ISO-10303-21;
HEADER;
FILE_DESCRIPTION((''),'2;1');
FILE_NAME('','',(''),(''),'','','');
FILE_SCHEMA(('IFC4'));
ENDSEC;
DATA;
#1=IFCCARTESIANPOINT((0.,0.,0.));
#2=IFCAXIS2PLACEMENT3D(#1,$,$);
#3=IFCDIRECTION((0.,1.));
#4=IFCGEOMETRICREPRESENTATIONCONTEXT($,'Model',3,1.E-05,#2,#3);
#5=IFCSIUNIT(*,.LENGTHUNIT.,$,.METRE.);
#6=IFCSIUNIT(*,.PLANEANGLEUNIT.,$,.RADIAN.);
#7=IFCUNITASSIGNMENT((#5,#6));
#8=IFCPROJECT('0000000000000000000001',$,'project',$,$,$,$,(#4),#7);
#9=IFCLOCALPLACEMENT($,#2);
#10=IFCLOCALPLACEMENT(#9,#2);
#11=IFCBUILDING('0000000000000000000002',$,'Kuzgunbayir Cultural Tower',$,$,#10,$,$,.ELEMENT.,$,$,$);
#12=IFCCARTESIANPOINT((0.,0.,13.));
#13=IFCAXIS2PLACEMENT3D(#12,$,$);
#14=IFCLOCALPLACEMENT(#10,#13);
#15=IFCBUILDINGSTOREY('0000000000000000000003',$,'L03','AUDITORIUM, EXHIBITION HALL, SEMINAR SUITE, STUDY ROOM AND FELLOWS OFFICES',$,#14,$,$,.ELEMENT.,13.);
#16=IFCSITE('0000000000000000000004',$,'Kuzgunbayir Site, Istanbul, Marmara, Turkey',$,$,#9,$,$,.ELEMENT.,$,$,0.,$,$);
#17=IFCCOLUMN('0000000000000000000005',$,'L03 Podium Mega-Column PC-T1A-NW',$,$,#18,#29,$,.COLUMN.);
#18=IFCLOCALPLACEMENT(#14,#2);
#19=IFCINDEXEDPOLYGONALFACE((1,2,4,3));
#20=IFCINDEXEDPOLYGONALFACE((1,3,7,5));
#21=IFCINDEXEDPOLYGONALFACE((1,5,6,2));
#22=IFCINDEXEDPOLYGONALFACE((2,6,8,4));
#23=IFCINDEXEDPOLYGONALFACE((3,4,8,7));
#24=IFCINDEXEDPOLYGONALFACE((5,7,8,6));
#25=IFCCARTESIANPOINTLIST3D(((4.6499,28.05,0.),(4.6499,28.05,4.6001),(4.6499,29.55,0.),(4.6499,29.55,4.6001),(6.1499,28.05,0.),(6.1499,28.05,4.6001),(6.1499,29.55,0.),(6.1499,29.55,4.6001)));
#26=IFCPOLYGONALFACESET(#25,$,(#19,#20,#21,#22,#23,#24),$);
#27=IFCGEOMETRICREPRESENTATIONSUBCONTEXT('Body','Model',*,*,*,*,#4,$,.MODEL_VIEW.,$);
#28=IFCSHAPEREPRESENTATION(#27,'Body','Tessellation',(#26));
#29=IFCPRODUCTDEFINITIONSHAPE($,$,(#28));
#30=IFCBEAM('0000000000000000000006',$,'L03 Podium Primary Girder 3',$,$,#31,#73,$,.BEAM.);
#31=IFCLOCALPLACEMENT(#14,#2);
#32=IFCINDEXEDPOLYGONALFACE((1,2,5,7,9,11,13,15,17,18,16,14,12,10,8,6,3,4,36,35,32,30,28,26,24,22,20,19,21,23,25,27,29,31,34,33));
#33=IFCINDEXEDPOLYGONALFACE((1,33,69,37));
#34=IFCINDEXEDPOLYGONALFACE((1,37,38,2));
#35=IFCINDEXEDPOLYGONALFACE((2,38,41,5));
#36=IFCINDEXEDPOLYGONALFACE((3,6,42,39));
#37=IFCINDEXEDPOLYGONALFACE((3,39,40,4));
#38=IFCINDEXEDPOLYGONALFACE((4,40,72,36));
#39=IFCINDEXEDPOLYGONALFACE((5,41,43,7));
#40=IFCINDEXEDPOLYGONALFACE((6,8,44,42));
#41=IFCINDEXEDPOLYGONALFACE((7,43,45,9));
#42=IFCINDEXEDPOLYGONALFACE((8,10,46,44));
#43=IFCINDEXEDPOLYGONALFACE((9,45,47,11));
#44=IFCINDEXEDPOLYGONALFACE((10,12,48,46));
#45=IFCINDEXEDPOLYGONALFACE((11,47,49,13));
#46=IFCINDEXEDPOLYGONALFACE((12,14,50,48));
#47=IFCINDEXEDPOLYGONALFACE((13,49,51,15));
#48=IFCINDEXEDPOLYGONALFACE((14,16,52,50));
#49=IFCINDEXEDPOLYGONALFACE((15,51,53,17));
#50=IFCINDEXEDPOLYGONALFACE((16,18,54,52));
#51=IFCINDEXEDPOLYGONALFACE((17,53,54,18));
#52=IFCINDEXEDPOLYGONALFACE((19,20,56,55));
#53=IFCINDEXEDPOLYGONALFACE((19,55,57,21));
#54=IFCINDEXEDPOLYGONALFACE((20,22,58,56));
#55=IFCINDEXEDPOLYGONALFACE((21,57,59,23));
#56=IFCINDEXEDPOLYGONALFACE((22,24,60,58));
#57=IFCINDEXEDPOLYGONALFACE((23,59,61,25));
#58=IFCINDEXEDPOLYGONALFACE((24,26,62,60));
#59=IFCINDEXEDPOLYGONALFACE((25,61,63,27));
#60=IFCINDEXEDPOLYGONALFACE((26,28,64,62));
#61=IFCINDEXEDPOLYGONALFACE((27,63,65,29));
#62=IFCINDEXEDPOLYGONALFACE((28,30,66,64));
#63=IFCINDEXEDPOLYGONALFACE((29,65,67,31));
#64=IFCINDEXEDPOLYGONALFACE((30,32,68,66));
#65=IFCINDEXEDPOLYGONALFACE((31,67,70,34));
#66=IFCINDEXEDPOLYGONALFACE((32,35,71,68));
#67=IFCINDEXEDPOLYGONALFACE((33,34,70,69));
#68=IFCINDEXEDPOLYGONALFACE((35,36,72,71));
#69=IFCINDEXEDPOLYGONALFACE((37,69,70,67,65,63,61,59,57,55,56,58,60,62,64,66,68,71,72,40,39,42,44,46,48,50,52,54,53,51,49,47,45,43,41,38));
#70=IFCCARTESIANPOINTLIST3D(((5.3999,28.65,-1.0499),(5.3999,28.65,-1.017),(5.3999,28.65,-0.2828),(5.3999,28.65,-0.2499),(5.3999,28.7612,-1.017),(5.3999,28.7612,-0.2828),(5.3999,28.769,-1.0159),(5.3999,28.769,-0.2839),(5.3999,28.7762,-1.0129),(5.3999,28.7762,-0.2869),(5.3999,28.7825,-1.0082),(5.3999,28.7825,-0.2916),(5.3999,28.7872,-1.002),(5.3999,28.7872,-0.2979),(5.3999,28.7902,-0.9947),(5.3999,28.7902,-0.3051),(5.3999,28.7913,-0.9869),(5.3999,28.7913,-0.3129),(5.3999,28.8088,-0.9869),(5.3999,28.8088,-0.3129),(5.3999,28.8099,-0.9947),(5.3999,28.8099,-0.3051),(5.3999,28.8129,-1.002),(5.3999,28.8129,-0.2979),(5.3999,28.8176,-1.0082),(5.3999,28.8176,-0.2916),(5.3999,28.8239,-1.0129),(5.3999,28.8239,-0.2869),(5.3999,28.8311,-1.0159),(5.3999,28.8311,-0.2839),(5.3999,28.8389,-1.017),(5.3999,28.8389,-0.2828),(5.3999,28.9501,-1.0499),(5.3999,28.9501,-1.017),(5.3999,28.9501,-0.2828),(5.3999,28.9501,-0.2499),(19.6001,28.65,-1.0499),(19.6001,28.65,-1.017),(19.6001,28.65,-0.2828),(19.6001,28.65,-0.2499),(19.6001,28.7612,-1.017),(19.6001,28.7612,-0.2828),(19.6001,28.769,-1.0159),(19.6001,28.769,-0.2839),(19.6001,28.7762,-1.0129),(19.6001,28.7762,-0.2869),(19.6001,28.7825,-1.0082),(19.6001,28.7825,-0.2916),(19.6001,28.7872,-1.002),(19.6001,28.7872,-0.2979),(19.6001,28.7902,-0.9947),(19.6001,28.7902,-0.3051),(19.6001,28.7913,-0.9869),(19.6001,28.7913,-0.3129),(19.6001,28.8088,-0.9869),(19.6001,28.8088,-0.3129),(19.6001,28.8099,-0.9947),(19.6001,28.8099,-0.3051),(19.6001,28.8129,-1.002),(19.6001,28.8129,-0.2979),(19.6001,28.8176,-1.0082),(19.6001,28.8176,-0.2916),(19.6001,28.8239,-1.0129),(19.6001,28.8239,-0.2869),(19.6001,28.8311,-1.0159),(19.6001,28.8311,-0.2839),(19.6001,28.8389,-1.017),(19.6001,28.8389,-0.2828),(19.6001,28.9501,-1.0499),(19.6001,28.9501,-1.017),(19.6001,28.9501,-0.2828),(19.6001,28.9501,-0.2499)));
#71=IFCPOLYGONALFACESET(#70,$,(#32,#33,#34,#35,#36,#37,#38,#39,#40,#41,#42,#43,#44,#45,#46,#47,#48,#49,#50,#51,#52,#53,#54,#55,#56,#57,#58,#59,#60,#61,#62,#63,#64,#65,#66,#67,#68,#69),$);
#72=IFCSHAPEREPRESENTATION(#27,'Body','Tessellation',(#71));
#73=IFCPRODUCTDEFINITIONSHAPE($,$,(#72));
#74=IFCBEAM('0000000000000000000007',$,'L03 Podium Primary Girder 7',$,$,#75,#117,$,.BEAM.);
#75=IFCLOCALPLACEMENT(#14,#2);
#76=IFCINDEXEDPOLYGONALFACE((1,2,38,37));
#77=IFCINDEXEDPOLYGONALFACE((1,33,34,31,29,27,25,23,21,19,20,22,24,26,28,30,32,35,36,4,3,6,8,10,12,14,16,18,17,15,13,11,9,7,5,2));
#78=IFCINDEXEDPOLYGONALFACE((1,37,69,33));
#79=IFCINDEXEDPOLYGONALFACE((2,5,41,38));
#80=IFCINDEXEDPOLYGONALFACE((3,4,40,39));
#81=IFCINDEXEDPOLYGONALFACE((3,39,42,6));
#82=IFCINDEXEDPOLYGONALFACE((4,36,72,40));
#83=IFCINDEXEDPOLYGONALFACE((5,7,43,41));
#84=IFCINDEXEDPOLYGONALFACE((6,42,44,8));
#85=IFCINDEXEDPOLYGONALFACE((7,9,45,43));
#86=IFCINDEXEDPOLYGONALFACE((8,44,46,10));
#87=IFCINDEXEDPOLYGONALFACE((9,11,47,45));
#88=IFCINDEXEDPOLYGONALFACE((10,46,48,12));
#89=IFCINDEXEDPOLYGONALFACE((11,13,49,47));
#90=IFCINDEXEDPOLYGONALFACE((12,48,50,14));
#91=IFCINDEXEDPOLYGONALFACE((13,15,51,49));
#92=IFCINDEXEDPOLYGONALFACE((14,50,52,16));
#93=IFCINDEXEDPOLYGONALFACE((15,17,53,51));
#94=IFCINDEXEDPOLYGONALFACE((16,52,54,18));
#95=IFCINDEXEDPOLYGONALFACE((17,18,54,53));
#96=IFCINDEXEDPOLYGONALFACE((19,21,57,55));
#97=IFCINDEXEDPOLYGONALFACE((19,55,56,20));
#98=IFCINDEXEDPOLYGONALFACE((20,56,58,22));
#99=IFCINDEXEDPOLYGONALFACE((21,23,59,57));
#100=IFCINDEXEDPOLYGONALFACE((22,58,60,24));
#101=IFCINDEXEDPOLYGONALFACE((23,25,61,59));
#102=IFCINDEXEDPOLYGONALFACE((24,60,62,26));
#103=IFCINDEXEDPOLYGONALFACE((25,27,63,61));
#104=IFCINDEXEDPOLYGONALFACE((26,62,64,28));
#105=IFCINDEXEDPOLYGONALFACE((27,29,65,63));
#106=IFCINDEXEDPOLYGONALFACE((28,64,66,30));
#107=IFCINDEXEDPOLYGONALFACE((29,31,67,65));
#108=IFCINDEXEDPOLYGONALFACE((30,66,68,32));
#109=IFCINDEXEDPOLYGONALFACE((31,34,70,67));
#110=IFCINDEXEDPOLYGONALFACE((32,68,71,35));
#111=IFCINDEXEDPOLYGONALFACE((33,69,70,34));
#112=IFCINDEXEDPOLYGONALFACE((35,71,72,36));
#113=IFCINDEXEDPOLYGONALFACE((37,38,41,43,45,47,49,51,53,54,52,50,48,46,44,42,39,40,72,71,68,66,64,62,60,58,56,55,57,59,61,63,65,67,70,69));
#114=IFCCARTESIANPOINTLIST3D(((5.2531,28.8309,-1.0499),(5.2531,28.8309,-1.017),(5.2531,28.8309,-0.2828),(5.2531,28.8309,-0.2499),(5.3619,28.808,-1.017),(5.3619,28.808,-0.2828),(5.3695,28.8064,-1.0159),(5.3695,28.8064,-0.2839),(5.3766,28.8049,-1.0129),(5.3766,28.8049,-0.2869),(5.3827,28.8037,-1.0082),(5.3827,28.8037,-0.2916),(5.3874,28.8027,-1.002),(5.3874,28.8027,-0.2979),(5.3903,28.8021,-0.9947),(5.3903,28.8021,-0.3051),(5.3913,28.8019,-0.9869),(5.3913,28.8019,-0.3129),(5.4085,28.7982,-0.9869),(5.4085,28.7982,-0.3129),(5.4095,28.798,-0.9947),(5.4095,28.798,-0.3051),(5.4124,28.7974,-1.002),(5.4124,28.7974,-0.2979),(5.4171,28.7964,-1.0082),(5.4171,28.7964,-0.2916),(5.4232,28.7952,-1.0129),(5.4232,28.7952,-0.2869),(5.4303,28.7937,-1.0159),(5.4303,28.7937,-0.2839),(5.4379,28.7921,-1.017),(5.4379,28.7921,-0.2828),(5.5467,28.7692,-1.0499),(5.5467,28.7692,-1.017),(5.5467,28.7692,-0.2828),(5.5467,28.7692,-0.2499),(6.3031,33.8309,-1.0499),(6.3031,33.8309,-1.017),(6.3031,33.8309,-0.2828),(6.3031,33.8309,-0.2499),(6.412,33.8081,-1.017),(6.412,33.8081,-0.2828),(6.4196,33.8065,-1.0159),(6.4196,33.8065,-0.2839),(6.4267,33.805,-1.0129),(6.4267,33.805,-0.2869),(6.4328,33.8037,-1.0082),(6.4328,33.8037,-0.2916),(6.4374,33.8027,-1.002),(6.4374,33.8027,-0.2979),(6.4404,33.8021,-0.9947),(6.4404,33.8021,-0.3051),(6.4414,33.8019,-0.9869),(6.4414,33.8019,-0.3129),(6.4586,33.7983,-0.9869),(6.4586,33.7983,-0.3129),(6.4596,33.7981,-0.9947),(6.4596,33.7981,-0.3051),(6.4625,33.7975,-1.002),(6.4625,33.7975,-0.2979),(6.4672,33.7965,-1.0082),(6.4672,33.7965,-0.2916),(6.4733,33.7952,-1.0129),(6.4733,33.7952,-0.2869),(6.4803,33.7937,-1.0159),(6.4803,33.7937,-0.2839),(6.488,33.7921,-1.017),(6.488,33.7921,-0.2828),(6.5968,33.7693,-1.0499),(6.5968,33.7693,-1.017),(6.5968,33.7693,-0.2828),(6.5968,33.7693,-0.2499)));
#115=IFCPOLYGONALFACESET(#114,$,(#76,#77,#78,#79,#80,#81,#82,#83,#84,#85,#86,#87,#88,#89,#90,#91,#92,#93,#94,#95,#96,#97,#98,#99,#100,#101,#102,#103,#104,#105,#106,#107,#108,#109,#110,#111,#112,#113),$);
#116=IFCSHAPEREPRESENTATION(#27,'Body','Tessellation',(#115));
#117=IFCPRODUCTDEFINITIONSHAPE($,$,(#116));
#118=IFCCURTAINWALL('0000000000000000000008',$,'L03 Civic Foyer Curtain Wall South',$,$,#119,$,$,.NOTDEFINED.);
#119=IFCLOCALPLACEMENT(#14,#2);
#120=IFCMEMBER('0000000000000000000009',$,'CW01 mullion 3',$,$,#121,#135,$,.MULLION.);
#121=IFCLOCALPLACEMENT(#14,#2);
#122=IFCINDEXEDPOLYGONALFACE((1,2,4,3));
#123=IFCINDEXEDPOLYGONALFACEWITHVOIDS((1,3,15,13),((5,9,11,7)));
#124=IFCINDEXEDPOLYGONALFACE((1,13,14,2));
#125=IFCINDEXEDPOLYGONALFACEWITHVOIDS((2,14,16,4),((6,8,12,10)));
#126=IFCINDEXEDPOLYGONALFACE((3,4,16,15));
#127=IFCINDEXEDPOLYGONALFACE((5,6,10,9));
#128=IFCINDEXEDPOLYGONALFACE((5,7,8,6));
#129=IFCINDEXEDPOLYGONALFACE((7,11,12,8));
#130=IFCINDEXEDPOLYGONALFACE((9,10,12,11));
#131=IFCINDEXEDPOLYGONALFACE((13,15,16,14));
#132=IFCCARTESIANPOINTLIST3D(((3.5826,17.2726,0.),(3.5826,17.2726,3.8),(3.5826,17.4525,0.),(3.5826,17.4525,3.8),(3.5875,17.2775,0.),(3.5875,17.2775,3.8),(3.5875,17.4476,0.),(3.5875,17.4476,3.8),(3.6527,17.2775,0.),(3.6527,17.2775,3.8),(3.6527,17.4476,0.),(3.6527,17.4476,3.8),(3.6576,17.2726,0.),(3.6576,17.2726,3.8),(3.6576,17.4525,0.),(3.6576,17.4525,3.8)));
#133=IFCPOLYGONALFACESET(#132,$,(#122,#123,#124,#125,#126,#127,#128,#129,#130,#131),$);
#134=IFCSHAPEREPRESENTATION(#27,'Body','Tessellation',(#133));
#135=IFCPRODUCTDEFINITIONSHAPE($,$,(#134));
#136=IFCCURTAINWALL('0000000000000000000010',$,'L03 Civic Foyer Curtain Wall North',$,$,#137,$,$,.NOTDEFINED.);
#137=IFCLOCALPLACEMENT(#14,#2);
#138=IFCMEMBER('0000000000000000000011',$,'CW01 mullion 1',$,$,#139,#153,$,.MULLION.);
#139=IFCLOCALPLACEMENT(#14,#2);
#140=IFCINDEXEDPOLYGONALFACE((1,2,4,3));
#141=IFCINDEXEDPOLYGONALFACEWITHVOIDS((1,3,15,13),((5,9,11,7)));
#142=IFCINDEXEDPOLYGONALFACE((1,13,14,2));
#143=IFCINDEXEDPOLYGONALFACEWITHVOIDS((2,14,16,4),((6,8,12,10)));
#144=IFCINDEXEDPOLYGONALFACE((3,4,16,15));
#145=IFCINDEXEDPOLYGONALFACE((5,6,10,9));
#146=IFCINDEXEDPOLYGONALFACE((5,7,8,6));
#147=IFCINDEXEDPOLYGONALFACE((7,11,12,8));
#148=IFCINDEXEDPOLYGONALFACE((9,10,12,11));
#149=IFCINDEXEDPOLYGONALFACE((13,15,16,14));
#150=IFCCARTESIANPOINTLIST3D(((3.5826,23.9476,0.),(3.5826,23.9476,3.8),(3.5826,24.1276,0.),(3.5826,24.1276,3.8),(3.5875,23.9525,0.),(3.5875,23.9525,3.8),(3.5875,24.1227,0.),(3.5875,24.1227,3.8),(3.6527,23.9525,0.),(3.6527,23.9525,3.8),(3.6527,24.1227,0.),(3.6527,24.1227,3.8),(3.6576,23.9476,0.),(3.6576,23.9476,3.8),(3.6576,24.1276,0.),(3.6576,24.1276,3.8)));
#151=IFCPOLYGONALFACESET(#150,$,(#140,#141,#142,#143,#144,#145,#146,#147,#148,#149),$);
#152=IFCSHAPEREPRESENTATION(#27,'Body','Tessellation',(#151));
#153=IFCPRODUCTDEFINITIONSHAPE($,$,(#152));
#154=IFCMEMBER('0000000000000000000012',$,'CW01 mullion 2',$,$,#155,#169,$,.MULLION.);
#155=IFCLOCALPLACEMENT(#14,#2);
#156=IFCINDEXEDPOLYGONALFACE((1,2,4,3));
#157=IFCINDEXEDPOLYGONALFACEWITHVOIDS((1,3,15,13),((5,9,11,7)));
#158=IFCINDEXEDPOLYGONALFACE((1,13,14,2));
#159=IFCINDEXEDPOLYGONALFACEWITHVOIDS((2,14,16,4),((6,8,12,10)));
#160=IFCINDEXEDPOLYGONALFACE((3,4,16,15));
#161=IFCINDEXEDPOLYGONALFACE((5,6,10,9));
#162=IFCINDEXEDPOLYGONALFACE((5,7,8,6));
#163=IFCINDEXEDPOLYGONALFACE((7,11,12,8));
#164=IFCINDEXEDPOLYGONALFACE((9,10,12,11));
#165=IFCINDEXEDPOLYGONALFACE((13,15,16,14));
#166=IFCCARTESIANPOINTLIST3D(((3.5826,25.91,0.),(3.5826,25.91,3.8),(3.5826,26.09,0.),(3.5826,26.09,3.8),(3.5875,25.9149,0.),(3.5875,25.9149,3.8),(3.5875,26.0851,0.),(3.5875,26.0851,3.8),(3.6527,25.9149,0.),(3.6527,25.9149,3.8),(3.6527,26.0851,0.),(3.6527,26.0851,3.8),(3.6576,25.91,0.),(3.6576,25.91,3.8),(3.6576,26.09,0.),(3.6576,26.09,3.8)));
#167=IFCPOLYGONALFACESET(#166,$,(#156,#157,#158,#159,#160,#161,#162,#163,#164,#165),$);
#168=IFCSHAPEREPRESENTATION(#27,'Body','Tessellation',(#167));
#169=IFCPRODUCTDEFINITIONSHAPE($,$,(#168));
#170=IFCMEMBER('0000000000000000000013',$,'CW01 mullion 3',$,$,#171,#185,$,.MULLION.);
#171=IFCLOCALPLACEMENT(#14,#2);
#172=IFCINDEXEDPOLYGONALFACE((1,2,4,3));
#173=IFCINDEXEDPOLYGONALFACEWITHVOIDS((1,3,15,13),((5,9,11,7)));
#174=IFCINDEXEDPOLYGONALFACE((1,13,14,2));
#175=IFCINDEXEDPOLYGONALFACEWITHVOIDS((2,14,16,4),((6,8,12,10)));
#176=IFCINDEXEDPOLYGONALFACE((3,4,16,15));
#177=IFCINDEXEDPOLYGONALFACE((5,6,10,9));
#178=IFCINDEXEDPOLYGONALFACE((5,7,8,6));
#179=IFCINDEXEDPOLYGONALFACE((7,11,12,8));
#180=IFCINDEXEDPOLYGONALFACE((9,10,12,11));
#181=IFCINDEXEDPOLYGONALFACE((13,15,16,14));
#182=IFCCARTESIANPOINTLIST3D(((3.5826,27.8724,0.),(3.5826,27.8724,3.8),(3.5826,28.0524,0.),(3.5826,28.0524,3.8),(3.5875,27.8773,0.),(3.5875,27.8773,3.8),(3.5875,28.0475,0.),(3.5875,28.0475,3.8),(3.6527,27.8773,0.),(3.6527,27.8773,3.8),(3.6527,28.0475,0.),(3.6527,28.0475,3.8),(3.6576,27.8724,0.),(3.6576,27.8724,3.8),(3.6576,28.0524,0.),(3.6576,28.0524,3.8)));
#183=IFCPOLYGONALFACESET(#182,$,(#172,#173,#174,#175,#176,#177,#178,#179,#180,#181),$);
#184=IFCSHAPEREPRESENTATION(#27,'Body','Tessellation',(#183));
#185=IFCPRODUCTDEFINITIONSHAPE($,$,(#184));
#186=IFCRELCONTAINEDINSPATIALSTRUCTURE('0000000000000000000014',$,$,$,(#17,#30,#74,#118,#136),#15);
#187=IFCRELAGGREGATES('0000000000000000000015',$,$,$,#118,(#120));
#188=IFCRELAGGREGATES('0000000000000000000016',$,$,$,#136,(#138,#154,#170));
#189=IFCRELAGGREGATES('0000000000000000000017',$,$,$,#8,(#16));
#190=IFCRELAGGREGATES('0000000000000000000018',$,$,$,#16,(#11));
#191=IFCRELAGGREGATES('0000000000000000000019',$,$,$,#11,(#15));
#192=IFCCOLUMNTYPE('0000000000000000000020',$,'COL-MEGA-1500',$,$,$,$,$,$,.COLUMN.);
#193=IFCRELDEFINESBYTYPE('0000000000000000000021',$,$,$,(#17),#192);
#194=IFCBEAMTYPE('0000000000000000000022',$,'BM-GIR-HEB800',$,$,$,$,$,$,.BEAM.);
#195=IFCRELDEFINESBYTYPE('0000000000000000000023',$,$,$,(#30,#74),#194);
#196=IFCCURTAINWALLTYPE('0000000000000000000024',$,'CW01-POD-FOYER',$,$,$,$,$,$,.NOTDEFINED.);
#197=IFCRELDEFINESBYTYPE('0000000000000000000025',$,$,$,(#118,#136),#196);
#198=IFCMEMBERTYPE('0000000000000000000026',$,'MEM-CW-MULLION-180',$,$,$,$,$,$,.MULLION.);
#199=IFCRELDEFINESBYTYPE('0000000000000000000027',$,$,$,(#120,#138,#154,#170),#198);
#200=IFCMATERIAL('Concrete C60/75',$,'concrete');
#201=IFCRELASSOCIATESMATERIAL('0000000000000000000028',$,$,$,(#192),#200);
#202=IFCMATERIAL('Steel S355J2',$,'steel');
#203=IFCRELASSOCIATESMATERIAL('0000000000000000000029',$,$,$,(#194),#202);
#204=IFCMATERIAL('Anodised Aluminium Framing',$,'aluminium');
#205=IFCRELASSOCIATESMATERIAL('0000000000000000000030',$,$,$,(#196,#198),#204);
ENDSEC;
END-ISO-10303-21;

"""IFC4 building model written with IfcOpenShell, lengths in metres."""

from ifc_helpers import new_model, si_unit, direction, frame, origin, origin_2d, place, context, subcontext, project, spatial, rectangle, hollow_rectangle, i_section, extrude, material, material_profile, profile_set, type_object, element, aggregate, save


model = new_model("IFC4")

# Units and contexts
model_context = context("Model", 3, precision=1e-05, world=origin(), true_north=direction((0.0, 1.0)))
body_context = subcontext(model_context, "Body", "Model", "MODEL_VIEW")
ifc_project = project(units=[si_unit("LENGTHUNIT", "METRE"), si_unit("PLANEANGLEUNIT", "RADIAN")], contexts=[model_context])

# Site, building, storey
site_placement = place(None, origin())
site = spatial("IfcSite", under=ifc_project, at=site_placement, Name="Kuzgunbayir Site, Istanbul, Marmara, Turkey", CompositionType="ELEMENT", RefElevation=0.0)
building_placement = place(site_placement, origin())
building = spatial("IfcBuilding", under=site, at=building_placement, Name="Kuzgunbayir Cultural Tower", CompositionType="ELEMENT")
storey_placement = place(building_placement, frame((0.0, 0.0, 13.0)))
storey = spatial("IfcBuildingStorey", under=building, at=storey_placement, Name="L03", Description="AUDITORIUM, EXHIBITION HALL, SEMINAR SUITE, STUDY ROOM AND FELLOWS OFFICES", CompositionType="ELEMENT", Elevation=13.0)

# Column
ifc_material_1 = material(Name="Concrete C60/75", Category="concrete")
ifc_material_profile_1 = material_profile(ifc_material_1, rectangle(XDim=1.5, YDim=1.5, at=origin_2d()), Name="RC 1500x1500")
ifc_profile_set_1 = profile_set([ifc_material_profile_1], Name="Concrete C60/75")
column_type = type_object("IfcColumnType", Name="COL-MEGA-1500", PredefinedType="COLUMN", material=ifc_profile_set_1)
column_placement = place(storey_placement, frame((5.3999, 28.8, 0.0), z_axis=(0.0, 0.0, 1.0), x_axis=(1.0, 0.0, 0.0)))
element("IfcColumn", 1, at=column_placement, inside=storey, type_object=column_type, Name="L03 Podium Mega-Column PC-T1A-NW", PredefinedType="COLUMN", context=body_context, shape_type="SweptSolid", body=[
    extrude(rectangle(XDim=1.5, YDim=1.5, at=origin_2d()), origin(), (0.0, 0.0, 1.0), 4.6001),
])

# Beams
ifc_material_2 = material(Name="Steel S355J2", Category="steel")
ifc_material_profile_2 = material_profile(ifc_material_2, i_section(OverallWidth=0.3, OverallDepth=0.8, WebThickness=0.0176, FlangeThickness=0.033, FilletRadius=0.03, at=origin_2d()), Name="HEB 800")
ifc_profile_set_2 = profile_set([ifc_material_profile_2], Name="Steel S355J2")
beam_type = type_object("IfcBeamType", Name="BM-GIR-HEB800", PredefinedType="BEAM", material=ifc_profile_set_2)
beam_1_placement = place(storey_placement, frame((5.3999, 28.8, -0.6499), z_axis=(1.0, 0.0, 0.0), x_axis=(0.0, 1.0, 0.0)))
element("IfcBeam", 2, at=beam_1_placement, inside=storey, type_object=beam_type, Name="L03 Podium Primary Girder 3", PredefinedType="BEAM", context=body_context, shape_type="SweptSolid", body=[
    extrude(i_section(OverallWidth=0.3, OverallDepth=0.8, WebThickness=0.0176, FlangeThickness=0.033, FilletRadius=0.03, at=origin_2d()), origin(), (0.0, 0.0, 1.0), 14.2002),
])
beam_2_placement = place(storey_placement, frame((5.3999, 28.8, -0.6499), z_axis=(0.205526, 0.978652, 0.0), x_axis=(-0.978652, 0.205526, 0.0)))
element("IfcBeam", 3, at=beam_2_placement, inside=storey, type_object=beam_type, Name="L03 Podium Primary Girder 7", PredefinedType="BEAM", context=body_context, shape_type="SweptSolid", body=[
    extrude(i_section(OverallWidth=0.3, OverallDepth=0.8, WebThickness=0.0176, FlangeThickness=0.033, FilletRadius=0.03, at=origin_2d()), origin(), (0.0, 0.0, 1.0), 5.1091),
])

# Curtain wall, member
ifc_material_3 = material(Name="Anodised Aluminium Framing", Category="aluminium")
curtain_wall_type = type_object("IfcCurtainWallType", Name="CW01-POD-FOYER", PredefinedType="NOTDEFINED", material=ifc_material_3)
curtain_wall_1_placement = place(storey_placement, origin())
curtain_wall_1 = element("IfcCurtainWall", 4, at=curtain_wall_1_placement, inside=storey, type_object=curtain_wall_type, Name="L03 Civic Foyer Curtain Wall South", PredefinedType="NOTDEFINED")
ifc_material_profile_3 = material_profile(ifc_material_3, hollow_rectangle(XDim=0.075, YDim=0.1799, WallThickness=0.0049, at=origin_2d()), Name="RHS 180x75x5")
ifc_profile_set_3 = profile_set([ifc_material_profile_3], Name="Anodised Aluminium Framing")
member_type_1 = type_object("IfcMemberType", Name="MEM-CW-MULLION-180", PredefinedType="MULLION", material=ifc_profile_set_3)
member_1_placement = place(storey_placement, frame((3.6201, 17.3625, 0.0), z_axis=(0.0, 0.0, 1.0), x_axis=(-1.0, 0.0, 0.0)))
member_1 = element("IfcMember", 5, at=member_1_placement, type_object=member_type_1, Name="CW01 mullion 3", PredefinedType="MULLION", context=body_context, shape_type="SweptSolid", body=[
    extrude(hollow_rectangle(XDim=0.075, YDim=0.1799, WallThickness=0.0049, at=origin_2d()), origin(), (0.0, 0.0, 1.0), 3.8),
])

# Curtain wall, members
curtain_wall_2_placement = place(storey_placement, origin())
curtain_wall_2 = element("IfcCurtainWall", 6, at=curtain_wall_2_placement, inside=storey, type_object=curtain_wall_type, Name="L03 Civic Foyer Curtain Wall North", PredefinedType="NOTDEFINED")
member_2_placement = place(storey_placement, frame((3.6201, 24.0376, 0.0), z_axis=(0.0, 0.0, 1.0), x_axis=(-1.0, 0.0, 0.0)))
member_2 = element("IfcMember", 7, at=member_2_placement, type_object=member_type_1, Name="CW01 mullion 1", PredefinedType="MULLION", context=body_context, shape_type="SweptSolid", body=[
    extrude(hollow_rectangle(XDim=0.075, YDim=0.1799, WallThickness=0.0049, at=origin_2d()), origin(), (0.0, 0.0, 1.0), 3.8),
])
member_3_placement = place(storey_placement, frame((3.6201, 26.0, 0.0), z_axis=(0.0, 0.0, 1.0), x_axis=(-1.0, 0.0, 0.0)))
member_3 = element("IfcMember", 8, at=member_3_placement, type_object=member_type_1, Name="CW01 mullion 2", PredefinedType="MULLION", context=body_context, shape_type="SweptSolid", body=[
    extrude(hollow_rectangle(XDim=0.075, YDim=0.1799, WallThickness=0.0049, at=origin_2d()), origin(), (0.0, 0.0, 1.0), 3.8),
])
member_4_placement = place(storey_placement, frame((3.6201, 27.9624, 0.0), z_axis=(0.0, 0.0, 1.0), x_axis=(-1.0, 0.0, 0.0)))
member_4 = element("IfcMember", 9, at=member_4_placement, type_object=member_type_1, Name="CW01 mullion 3", PredefinedType="MULLION", context=body_context, shape_type="SweptSolid", body=[
    extrude(hollow_rectangle(XDim=0.075, YDim=0.1799, WallThickness=0.0049, at=origin_2d()), origin(), (0.0, 0.0, 1.0), 3.8),
])

aggregate(curtain_wall_1, [member_1])
aggregate(curtain_wall_2, [member_2, member_3, member_4])

save(model, "model.ifc")
